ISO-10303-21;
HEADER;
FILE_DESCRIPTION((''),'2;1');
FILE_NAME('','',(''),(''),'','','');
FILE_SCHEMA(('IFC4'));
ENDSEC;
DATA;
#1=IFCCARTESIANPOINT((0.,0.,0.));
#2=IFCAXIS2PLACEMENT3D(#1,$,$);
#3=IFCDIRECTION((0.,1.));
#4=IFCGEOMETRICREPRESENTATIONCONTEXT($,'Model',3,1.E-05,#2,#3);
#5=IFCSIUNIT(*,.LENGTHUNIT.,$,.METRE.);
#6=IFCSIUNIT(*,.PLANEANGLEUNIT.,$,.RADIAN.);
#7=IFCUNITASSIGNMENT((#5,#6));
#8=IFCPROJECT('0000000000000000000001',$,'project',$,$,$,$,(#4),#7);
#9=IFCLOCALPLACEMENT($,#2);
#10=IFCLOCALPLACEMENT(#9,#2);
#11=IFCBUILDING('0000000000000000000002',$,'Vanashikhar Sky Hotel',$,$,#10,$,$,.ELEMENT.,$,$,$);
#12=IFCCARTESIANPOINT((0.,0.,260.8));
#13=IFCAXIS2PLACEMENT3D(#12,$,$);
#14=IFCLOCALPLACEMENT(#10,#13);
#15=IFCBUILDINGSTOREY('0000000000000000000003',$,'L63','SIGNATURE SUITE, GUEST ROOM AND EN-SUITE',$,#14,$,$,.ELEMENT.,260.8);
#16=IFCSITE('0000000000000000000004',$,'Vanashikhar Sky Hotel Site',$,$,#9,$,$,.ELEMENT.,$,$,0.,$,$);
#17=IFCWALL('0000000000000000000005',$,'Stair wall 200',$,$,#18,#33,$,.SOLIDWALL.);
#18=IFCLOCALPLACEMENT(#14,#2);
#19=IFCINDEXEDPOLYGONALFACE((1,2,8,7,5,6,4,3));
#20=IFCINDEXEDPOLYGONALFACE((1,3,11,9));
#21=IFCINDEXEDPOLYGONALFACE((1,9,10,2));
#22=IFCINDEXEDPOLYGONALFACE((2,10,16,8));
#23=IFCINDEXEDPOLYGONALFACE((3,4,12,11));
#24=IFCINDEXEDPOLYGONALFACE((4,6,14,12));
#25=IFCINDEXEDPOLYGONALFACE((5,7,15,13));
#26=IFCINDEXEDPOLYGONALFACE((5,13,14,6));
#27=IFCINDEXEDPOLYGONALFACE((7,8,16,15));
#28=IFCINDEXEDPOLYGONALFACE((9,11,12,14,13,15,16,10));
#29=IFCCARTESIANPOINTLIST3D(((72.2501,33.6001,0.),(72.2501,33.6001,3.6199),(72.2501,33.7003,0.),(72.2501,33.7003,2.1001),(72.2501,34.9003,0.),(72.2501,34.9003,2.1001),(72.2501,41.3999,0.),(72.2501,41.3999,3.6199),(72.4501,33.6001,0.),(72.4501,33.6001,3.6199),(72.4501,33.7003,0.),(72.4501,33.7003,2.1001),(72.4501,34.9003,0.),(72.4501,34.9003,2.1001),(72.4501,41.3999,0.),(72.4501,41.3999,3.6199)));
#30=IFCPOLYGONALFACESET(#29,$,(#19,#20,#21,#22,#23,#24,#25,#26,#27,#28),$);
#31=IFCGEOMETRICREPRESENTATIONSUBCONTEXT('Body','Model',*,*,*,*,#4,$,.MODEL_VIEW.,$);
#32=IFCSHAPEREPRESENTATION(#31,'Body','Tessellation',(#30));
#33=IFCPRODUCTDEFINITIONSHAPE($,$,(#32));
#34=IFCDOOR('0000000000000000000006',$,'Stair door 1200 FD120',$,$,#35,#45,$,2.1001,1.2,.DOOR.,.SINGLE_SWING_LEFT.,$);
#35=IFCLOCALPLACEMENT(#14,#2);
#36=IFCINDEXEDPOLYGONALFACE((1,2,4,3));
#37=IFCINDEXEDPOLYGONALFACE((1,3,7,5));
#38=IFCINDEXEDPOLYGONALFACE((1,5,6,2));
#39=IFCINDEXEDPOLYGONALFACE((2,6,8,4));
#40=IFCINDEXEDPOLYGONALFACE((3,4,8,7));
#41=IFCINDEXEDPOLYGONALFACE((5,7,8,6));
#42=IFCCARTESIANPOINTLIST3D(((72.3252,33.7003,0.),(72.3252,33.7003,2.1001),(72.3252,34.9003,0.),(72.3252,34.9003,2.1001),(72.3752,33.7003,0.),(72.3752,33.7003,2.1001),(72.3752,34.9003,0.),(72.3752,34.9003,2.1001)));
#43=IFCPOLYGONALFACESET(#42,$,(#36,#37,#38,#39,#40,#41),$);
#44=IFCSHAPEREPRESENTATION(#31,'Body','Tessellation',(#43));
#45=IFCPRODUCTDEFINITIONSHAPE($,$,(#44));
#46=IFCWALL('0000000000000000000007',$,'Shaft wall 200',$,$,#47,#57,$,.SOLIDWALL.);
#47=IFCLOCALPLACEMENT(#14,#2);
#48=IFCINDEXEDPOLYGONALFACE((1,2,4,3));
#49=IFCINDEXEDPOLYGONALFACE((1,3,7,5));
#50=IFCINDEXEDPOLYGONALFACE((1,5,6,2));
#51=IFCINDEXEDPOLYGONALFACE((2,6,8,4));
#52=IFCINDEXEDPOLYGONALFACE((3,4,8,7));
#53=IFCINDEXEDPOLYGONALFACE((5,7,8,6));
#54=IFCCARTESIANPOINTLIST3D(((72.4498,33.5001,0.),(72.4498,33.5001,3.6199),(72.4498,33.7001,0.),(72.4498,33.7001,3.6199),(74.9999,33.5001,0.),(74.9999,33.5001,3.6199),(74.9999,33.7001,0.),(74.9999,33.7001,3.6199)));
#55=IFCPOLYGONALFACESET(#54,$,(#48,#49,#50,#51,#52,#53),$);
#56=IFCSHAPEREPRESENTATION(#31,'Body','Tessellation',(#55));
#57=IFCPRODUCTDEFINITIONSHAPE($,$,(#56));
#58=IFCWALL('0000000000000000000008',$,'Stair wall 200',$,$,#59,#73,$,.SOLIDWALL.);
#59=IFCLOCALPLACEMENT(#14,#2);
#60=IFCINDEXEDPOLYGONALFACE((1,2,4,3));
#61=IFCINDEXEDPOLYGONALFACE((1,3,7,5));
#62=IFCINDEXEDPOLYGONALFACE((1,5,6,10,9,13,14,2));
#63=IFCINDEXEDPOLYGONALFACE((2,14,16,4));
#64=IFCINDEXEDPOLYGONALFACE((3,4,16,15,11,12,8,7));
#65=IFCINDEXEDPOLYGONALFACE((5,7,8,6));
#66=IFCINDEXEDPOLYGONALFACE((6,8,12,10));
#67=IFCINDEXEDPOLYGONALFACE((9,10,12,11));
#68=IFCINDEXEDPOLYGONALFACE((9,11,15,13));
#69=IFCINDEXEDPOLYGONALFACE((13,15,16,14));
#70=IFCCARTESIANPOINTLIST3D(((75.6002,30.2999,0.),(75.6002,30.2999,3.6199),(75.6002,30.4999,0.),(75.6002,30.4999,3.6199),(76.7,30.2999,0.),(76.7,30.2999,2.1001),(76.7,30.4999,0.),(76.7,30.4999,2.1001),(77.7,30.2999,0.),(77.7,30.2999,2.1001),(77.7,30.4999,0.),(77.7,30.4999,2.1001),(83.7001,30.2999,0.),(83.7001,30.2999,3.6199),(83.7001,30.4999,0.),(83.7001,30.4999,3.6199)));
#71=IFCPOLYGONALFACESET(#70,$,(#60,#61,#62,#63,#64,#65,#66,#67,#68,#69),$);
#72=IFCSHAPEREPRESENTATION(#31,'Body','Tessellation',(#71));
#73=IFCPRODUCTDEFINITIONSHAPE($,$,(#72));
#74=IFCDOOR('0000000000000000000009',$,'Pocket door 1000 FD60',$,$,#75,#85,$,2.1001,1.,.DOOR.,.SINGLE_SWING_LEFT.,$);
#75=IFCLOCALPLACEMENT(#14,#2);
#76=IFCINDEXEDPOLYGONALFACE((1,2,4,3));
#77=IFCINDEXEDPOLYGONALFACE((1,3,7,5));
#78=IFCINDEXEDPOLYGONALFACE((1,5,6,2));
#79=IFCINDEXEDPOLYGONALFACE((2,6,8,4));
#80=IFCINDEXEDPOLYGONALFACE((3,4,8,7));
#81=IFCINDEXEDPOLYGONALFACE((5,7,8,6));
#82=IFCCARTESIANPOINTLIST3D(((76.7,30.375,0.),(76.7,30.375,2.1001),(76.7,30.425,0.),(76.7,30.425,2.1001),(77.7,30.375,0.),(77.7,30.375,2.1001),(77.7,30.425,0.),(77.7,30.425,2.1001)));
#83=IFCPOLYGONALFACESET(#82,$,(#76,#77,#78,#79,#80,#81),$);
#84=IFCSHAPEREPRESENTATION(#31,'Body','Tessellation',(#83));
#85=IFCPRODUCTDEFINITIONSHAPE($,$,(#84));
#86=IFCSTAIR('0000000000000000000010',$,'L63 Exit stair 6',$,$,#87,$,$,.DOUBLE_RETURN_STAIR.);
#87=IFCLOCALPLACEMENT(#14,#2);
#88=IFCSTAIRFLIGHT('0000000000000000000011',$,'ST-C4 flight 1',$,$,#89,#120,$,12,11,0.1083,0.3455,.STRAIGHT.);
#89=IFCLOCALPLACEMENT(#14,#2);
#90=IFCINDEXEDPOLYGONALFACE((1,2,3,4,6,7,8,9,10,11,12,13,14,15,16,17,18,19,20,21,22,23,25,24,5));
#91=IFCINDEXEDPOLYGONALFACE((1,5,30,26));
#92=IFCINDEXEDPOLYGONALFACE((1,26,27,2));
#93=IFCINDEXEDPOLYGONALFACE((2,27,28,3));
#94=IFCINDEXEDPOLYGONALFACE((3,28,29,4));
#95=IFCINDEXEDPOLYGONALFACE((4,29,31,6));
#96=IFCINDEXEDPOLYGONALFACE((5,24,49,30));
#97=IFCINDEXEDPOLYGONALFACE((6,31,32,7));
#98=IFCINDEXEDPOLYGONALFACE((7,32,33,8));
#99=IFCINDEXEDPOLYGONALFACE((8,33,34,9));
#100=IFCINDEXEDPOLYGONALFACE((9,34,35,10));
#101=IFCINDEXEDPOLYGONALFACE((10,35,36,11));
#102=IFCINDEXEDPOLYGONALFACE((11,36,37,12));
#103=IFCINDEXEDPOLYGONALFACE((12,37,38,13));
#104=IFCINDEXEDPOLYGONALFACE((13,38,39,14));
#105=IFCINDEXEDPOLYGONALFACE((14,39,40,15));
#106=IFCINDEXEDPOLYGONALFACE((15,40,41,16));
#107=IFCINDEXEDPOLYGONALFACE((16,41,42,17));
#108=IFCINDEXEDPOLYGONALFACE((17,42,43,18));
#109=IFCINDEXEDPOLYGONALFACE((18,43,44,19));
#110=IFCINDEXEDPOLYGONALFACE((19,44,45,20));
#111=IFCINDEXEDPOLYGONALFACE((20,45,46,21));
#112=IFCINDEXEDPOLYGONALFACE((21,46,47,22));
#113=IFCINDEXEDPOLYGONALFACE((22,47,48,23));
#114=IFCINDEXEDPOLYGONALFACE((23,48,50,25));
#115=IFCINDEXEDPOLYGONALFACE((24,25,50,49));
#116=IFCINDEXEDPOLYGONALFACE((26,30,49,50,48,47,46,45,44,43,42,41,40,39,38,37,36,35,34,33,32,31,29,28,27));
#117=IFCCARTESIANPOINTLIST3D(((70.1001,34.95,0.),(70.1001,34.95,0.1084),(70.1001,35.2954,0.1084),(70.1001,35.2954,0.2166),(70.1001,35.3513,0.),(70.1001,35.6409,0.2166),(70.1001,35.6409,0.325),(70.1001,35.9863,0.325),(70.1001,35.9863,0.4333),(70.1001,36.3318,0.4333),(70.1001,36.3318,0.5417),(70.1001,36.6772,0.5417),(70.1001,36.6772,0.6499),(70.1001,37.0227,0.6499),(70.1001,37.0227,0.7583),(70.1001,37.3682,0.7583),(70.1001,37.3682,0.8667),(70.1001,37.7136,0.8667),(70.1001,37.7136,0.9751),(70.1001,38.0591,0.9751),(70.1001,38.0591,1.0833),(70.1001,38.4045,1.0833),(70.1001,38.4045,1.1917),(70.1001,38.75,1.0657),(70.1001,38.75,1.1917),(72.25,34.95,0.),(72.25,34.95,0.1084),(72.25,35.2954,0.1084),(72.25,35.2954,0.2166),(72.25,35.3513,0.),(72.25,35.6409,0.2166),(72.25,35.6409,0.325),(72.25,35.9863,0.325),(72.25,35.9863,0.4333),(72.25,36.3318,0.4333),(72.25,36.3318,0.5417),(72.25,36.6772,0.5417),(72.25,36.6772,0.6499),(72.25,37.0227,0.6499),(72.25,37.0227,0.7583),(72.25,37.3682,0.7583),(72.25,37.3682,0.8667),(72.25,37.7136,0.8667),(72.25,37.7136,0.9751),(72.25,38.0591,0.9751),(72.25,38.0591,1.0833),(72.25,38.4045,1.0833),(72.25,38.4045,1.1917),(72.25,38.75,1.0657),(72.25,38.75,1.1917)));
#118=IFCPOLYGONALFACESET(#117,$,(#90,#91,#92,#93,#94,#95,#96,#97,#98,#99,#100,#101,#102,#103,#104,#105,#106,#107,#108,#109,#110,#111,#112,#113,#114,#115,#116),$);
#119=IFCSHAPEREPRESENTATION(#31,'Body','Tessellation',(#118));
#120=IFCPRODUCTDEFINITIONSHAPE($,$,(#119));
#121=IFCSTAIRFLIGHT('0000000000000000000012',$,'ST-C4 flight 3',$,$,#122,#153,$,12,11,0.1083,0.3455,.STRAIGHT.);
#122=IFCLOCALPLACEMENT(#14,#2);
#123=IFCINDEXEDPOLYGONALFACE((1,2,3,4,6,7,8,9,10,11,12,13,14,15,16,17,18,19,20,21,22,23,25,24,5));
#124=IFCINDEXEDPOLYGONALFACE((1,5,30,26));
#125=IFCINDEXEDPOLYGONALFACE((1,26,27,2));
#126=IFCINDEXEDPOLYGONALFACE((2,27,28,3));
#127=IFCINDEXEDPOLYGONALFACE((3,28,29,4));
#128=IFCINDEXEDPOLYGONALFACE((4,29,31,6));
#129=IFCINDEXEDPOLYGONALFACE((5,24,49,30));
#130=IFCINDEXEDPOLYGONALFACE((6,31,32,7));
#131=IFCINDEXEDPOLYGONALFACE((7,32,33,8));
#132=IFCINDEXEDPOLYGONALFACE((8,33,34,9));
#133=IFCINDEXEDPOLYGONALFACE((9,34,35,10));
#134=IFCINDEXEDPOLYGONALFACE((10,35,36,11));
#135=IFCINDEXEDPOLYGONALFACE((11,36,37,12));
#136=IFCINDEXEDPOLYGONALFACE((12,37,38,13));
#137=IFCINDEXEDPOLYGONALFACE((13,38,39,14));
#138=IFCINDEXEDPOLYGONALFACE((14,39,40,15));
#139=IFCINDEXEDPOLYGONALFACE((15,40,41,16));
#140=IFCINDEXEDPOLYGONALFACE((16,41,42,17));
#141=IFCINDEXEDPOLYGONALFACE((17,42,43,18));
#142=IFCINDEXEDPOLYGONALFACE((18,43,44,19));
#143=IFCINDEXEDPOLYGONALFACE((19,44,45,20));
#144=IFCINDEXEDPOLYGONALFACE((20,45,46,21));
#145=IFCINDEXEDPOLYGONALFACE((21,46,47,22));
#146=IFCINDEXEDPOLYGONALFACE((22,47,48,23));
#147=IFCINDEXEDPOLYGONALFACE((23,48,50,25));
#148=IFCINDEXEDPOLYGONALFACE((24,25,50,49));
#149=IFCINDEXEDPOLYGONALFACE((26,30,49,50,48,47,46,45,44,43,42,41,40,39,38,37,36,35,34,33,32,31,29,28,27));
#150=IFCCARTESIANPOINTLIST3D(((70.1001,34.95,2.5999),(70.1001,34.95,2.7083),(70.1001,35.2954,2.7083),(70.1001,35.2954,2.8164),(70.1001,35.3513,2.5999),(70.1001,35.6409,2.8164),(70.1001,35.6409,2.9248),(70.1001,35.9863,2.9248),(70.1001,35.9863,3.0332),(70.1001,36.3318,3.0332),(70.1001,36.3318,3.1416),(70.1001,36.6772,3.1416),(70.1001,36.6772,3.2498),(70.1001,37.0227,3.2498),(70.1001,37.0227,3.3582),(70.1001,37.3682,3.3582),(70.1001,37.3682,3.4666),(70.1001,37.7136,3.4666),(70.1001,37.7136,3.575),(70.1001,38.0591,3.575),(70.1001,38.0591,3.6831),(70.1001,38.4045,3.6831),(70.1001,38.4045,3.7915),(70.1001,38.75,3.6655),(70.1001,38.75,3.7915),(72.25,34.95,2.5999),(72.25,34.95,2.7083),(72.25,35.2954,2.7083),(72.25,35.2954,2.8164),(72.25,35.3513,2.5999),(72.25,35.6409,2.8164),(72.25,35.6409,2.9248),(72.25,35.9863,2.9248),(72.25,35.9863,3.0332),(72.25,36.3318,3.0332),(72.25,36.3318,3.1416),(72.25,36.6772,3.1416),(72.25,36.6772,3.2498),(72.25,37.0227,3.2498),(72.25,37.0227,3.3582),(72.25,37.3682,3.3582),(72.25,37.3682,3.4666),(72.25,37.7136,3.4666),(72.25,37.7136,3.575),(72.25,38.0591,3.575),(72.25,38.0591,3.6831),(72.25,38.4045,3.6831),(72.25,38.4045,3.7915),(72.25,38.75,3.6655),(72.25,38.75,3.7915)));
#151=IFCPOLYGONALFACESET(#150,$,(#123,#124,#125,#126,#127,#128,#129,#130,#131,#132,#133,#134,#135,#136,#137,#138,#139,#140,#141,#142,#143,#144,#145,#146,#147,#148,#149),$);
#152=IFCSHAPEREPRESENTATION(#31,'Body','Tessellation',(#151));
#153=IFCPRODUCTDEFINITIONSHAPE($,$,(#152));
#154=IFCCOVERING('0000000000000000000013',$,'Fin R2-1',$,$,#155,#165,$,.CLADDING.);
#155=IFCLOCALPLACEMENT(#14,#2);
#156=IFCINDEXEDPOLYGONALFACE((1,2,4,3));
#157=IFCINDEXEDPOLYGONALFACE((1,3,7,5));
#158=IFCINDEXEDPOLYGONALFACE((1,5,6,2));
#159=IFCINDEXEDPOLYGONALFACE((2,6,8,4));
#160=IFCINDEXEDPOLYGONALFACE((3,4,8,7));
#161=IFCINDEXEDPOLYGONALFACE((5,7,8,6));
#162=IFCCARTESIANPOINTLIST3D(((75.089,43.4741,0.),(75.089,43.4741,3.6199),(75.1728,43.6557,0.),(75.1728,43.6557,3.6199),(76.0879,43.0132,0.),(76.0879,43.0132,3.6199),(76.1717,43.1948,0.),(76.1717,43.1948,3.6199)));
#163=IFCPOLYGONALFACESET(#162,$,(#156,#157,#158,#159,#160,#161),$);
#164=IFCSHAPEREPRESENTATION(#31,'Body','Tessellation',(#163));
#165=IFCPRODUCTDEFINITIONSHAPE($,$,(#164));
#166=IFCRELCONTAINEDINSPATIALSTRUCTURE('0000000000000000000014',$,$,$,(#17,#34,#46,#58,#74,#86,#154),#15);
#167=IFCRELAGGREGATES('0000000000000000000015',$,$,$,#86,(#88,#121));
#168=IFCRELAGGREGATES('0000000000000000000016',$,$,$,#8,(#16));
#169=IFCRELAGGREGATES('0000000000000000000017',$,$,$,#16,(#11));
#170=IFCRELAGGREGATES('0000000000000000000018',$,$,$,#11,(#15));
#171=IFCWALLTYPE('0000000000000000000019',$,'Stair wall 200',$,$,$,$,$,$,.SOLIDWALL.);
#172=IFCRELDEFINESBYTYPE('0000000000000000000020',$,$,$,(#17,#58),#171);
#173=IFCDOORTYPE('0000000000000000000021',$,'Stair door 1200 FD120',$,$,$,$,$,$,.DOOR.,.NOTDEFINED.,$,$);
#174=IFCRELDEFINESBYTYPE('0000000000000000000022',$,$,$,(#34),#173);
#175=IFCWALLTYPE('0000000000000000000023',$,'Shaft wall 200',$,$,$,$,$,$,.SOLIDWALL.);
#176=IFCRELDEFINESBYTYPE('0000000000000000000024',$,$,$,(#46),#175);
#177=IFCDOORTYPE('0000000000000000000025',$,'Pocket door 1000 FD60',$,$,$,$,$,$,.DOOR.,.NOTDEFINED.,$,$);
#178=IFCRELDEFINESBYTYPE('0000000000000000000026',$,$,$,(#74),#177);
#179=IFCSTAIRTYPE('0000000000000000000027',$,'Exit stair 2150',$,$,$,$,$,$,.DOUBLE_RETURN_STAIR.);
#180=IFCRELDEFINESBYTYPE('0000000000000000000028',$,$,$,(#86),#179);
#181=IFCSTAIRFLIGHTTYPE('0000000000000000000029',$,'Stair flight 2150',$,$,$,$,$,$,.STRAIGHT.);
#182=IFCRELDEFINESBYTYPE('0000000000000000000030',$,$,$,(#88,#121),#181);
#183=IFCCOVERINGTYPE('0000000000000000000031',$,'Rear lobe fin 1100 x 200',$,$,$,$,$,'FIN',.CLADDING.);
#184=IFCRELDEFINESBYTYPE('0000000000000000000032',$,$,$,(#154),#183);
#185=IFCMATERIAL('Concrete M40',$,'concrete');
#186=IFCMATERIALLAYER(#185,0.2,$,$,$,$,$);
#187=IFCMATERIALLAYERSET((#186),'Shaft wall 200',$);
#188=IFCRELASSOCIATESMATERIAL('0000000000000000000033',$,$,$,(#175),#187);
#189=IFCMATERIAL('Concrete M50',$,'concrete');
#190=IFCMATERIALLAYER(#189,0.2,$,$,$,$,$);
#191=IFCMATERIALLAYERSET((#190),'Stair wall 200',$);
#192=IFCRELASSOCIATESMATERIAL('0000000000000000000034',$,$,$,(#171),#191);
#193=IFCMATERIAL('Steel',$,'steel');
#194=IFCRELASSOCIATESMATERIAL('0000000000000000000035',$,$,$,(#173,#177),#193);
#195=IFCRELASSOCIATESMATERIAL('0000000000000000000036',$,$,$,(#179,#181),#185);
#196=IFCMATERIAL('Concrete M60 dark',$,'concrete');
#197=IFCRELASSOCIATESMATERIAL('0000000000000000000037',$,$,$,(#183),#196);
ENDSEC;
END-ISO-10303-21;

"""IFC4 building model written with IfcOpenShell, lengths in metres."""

from ifc_helpers import new_model, si_unit, direction, frame, frame_2d, origin, origin_2d, place, context, subcontext, project, spatial, polyline, rectangle, outline, extrude, source, transform, mapped, material, layer, layer_set, material_profile, profile_set, type_object, element, fill, aggregate, save


model = new_model("IFC4")

# Units and contexts
model_context = context("Model", 3, precision=1e-05, world=origin(), true_north=direction((0.0, 1.0)))
body_context = subcontext(model_context, "Body", "Model", "MODEL_VIEW")
ifc_project = project(units=[si_unit("LENGTHUNIT", "METRE"), si_unit("PLANEANGLEUNIT", "RADIAN")], contexts=[model_context])

# Site, building, storey
site_placement = place(None, origin())
site = spatial("IfcSite", under=ifc_project, at=site_placement, Name="Vanashikhar Sky Hotel Site", CompositionType="ELEMENT", RefElevation=0.0)
building_placement = place(site_placement, origin())
building = spatial("IfcBuilding", under=site, at=building_placement, Name="Vanashikhar Sky Hotel", CompositionType="ELEMENT")
storey_placement = place(building_placement, frame((0.0, 0.0, 260.8)))
storey = spatial("IfcBuildingStorey", under=building, at=storey_placement, Name="L63", Description="SIGNATURE SUITE, GUEST ROOM AND EN-SUITE", CompositionType="ELEMENT", Elevation=260.8)

# Shared definitions
ifc_material_1 = material(Name="Concrete M50", Category="concrete")

# Shared definitions
ifc_material_2 = material(Name="Concrete M40", Category="concrete")
ifc_layer_1 = layer(ifc_material_2, 0.2)
ifc_layer_set_1 = layer_set([ifc_layer_1], Name="Shaft wall 200")
wall_type_1 = type_object("IfcWallType", Name="Shaft wall 200", PredefinedType="SOLIDWALL", material=ifc_layer_set_1)

# Wall, opening, door
ifc_layer_2 = layer(ifc_material_1, 0.2)
ifc_layer_set_2 = layer_set([ifc_layer_2], Name="Stair wall 200")
wall_type_2 = type_object("IfcWallType", Name="Stair wall 200", PredefinedType="SOLIDWALL", material=ifc_layer_set_2)
shared_shape_1 = source(origin(), body_context, "Body", "SweptSolid", [
    extrude(rectangle(XDim=7.7998, YDim=0.2, at=frame_2d((3.8999, 0.0))), origin(), (0.0, 0.0, 1.0), 3.6199),
])
wall_1_placement = place(storey_placement, frame((72.3501, 33.6001, 0.0), z_axis=(0.0, 0.0, 1.0), x_axis=(0.0, 1.0, 0.0)))
wall_1 = element("IfcWall", 1, at=wall_1_placement, inside=storey, type_object=wall_type_2, Name="Stair wall 200", PredefinedType="SOLIDWALL", context=body_context, shape_type="MappedRepresentation", body=[
    mapped(shared_shape_1, transform((0.0, 0.0, 0.0), scale=1.0)),
])
shared_shape_2 = source(origin(), body_context, "Body", "SweptSolid", [
    extrude(rectangle(XDim=1.2, YDim=2.1001, at=frame_2d((0.6001, 1.05))), frame((0.0, 0.1099, 0.0), z_axis=(0.0, -1.0, 0.0), x_axis=(1.0, 0.0, 0.0)), (0.0, 0.0, 1.0), 0.22),
])
opening_1_placement = place(wall_1_placement, frame((0.1001, 0.0, 0.0)))
opening_1 = element("IfcOpeningElement", 2, at=opening_1_placement, cuts=wall_1, PredefinedType="OPENING", context=body_context, shape_type="MappedRepresentation", body=[
    mapped(shared_shape_2, transform((0.0, 0.0, 0.0), scale=1.0)),
])
ifc_material_3 = material(Name="Steel", Category="steel")
door_type_1 = type_object("IfcDoorType", Name="Stair door 1200 FD120", OperationType="NOTDEFINED", PredefinedType="DOOR", material=ifc_material_3)
shared_shape_3 = source(origin(), body_context, "Body", "SweptSolid", [
    extrude(rectangle(XDim=1.2, YDim=2.1001, at=frame_2d((0.6001, 1.05))), frame((0.0, 0.0249, 0.0), z_axis=(0.0, -1.0, 0.0), x_axis=(1.0, 0.0, 0.0)), (0.0, 0.0, 1.0), 0.05),
])
door_1_placement = place(opening_1_placement, origin())
door_1 = element("IfcDoor", 3, at=door_1_placement, inside=storey, type_object=door_type_1, Name="Stair door 1200 FD120", OperationType="SINGLE_SWING_LEFT", OverallHeight=2.1001, OverallWidth=1.2, PredefinedType="DOOR", context=body_context, shape_type="MappedRepresentation", body=[
    mapped(shared_shape_3, transform((0.0, 0.0, 0.0), scale=1.0)),
])
fill(opening_1, door_1)

# Wall
shared_shape_4 = source(origin(), body_context, "Body", "SweptSolid", [
    extrude(rectangle(XDim=2.55, YDim=0.2, at=frame_2d((1.2749, 0.0))), origin(), (0.0, 0.0, 1.0), 3.6199),
])
wall_2_placement = place(storey_placement, frame((72.45, 33.6001, 0.0), z_axis=(0.0, 0.0, 1.0), x_axis=(1.0, 0.0, 0.0)))
element("IfcWall", 4, at=wall_2_placement, inside=storey, type_object=wall_type_1, Name="Shaft wall 200", PredefinedType="SOLIDWALL", context=body_context, shape_type="MappedRepresentation", body=[
    mapped(shared_shape_4, transform((0.0, 0.0, 0.0), scale=1.0)),
])

# Wall, opening, door
shared_shape_5 = source(origin(), body_context, "Body", "SweptSolid", [
    extrude(rectangle(XDim=8.0999, YDim=0.2, at=frame_2d((4.0498, 0.0))), origin(), (0.0, 0.0, 1.0), 3.6199),
])
wall_3_placement = place(storey_placement, frame((83.7, 30.3999, 0.0), z_axis=(0.0, 0.0, 1.0), x_axis=(-1.0, 0.0, 0.0)))
wall_3 = element("IfcWall", 5, at=wall_3_placement, inside=storey, type_object=wall_type_2, Name="Stair wall 200", PredefinedType="SOLIDWALL", context=body_context, shape_type="MappedRepresentation", body=[
    mapped(shared_shape_5, transform((0.0, 0.0, 0.0), scale=1.0)),
])
shared_shape_6 = source(origin(), body_context, "Body", "SweptSolid", [
    extrude(rectangle(XDim=1.0, YDim=2.1001, at=frame_2d((0.5, 1.05))), frame((0.0, 0.1099, 0.0), z_axis=(0.0, -1.0, 0.0), x_axis=(1.0, 0.0, 0.0)), (0.0, 0.0, 1.0), 0.22),
])
opening_2_placement = place(wall_3_placement, frame((6.0, 0.0, 0.0)))
opening_2 = element("IfcOpeningElement", 6, at=opening_2_placement, cuts=wall_3, PredefinedType="OPENING", context=body_context, shape_type="MappedRepresentation", body=[
    mapped(shared_shape_6, transform((0.0, 0.0, 0.0), scale=1.0)),
])
door_type_2 = type_object("IfcDoorType", Name="Pocket door 1000 FD60", OperationType="NOTDEFINED", PredefinedType="DOOR", material=ifc_material_3)
shared_shape_7 = source(origin(), body_context, "Body", "SweptSolid", [
    extrude(rectangle(XDim=1.0, YDim=2.1001, at=frame_2d((0.5, 1.05))), frame((0.0, 0.0249, 0.0), z_axis=(0.0, -1.0, 0.0), x_axis=(1.0, 0.0, 0.0)), (0.0, 0.0, 1.0), 0.05),
])
door_2_placement = place(opening_2_placement, origin())
door_2 = element("IfcDoor", 7, at=door_2_placement, inside=storey, type_object=door_type_2, Name="Pocket door 1000 FD60", OperationType="SINGLE_SWING_LEFT", OverallHeight=2.1001, OverallWidth=1.0, PredefinedType="DOOR", context=body_context, shape_type="MappedRepresentation", body=[
    mapped(shared_shape_7, transform((0.0, 0.0, 0.0), scale=1.0)),
])
fill(opening_2, door_2)

# Stair, stair flights
stair_type = type_object("IfcStairType", Name="Exit stair 2150", PredefinedType="DOUBLE_RETURN_STAIR", material=ifc_material_2)
stair_placement = place(storey_placement, origin())
stair = element("IfcStair", 8, at=stair_placement, inside=storey, type_object=stair_type, Name="L63 Exit stair 6", PredefinedType="DOUBLE_RETURN_STAIR")
stair_flight_type = type_object("IfcStairFlightType", Name="Stair flight 2150", PredefinedType="STRAIGHT", material=ifc_material_2)
shared_shape_8 = source(origin(), body_context, "Body", "SweptSolid", [
    extrude(outline(polyline([(0.0, 0.0), (0.0, 0.1084), (0.3455, 0.1084), (0.3455, 0.2166), (0.6909, 0.2166), (0.6909, 0.325), (1.0364, 0.325), (1.0364, 0.4333), (1.3818, 0.4333), (1.3818, 0.5417), (1.7273, 0.5417), (1.7273, 0.6499), (2.0728, 0.6499), (2.0728, 0.7583), (2.4182, 0.7583), (2.4182, 0.8667), (2.7637, 0.8667), (2.7637, 0.9751), (3.1091, 0.9751), (3.1091, 1.0833), (3.4546, 1.0833), (3.4546, 1.1917), (3.8, 1.1917), (3.8, 1.3), (3.8, 1.0657), (0.4014, 0.0), (0.0, 0.0)])), frame((0.0, 1.075, 0.0), z_axis=(0.0, -1.0, 0.0), x_axis=(1.0, 0.0, 0.0)), (0.0, 0.0, 1.0), 2.1499),
])
stair_flight_1_placement = place(storey_placement, frame((71.175, 34.95, 0.0), z_axis=(0.0, 0.0, 1.0), x_axis=(0.0, 1.0, 0.0)))
stair_flight_1 = element("IfcStairFlight", 9, at=stair_flight_1_placement, type_object=stair_flight_type, Name="ST-C4 flight 1", NumberOfRisers=12, NumberOfTreads=11, PredefinedType="STRAIGHT", RiserHeight=0.1083, TreadLength=0.3455, context=body_context, shape_type="MappedRepresentation", body=[
    mapped(shared_shape_8, transform((0.0, 0.0, 0.0), scale=1.0)),
])
stair_flight_2_placement = place(storey_placement, frame((71.175, 34.95, 2.5999), z_axis=(0.0, 0.0, 1.0), x_axis=(0.0, 1.0, 0.0)))
stair_flight_2 = element("IfcStairFlight", 10, at=stair_flight_2_placement, type_object=stair_flight_type, Name="ST-C4 flight 3", NumberOfRisers=12, NumberOfTreads=11, PredefinedType="STRAIGHT", RiserHeight=0.1083, TreadLength=0.3455, context=body_context, shape_type="MappedRepresentation", body=[
    mapped(shared_shape_8, transform((0.0, 0.0, 0.0), scale=1.0)),
])
aggregate(stair, [stair_flight_1, stair_flight_2])

# Covering
ifc_material_4 = material(Name="Concrete M60 dark", Category="concrete")
ifc_material_profile = material_profile(ifc_material_4, rectangle(XDim=1.1001, YDim=0.2, at=origin_2d()))
ifc_profile_set = profile_set([ifc_material_profile], Name="Rear lobe fin 1100 x 200")
covering_type = type_object("IfcCoveringType", Name="Rear lobe fin 1100 x 200", ElementType="FIN", PredefinedType="CLADDING", material=ifc_profile_set)
shared_shape_9 = source(origin(), body_context, "Body", "SweptSolid", [
    extrude(rectangle(XDim=1.1001, YDim=0.2, at=origin_2d()), origin(), (0.0, 0.0, 1.0), 3.6199),
])
for number, where, z_axis, x_axis, name in (
    (11, (75.6304, 43.3345, 0.0), (0.0, 0.0, 1.0), (-0.908004, 0.418961, 0.0), "Fin R2-1"),
):
    element("IfcCovering", number, at=place(storey_placement, frame(where, z_axis=z_axis, x_axis=x_axis)), inside=storey, type_object=covering_type, Name=name, PredefinedType="CLADDING", context=body_context, shape_type="MappedRepresentation", body=[
        mapped(shared_shape_9, transform((0.0, 0.0, 0.0), scale=1.0)),
    ])

save(model, "model.ifc")
